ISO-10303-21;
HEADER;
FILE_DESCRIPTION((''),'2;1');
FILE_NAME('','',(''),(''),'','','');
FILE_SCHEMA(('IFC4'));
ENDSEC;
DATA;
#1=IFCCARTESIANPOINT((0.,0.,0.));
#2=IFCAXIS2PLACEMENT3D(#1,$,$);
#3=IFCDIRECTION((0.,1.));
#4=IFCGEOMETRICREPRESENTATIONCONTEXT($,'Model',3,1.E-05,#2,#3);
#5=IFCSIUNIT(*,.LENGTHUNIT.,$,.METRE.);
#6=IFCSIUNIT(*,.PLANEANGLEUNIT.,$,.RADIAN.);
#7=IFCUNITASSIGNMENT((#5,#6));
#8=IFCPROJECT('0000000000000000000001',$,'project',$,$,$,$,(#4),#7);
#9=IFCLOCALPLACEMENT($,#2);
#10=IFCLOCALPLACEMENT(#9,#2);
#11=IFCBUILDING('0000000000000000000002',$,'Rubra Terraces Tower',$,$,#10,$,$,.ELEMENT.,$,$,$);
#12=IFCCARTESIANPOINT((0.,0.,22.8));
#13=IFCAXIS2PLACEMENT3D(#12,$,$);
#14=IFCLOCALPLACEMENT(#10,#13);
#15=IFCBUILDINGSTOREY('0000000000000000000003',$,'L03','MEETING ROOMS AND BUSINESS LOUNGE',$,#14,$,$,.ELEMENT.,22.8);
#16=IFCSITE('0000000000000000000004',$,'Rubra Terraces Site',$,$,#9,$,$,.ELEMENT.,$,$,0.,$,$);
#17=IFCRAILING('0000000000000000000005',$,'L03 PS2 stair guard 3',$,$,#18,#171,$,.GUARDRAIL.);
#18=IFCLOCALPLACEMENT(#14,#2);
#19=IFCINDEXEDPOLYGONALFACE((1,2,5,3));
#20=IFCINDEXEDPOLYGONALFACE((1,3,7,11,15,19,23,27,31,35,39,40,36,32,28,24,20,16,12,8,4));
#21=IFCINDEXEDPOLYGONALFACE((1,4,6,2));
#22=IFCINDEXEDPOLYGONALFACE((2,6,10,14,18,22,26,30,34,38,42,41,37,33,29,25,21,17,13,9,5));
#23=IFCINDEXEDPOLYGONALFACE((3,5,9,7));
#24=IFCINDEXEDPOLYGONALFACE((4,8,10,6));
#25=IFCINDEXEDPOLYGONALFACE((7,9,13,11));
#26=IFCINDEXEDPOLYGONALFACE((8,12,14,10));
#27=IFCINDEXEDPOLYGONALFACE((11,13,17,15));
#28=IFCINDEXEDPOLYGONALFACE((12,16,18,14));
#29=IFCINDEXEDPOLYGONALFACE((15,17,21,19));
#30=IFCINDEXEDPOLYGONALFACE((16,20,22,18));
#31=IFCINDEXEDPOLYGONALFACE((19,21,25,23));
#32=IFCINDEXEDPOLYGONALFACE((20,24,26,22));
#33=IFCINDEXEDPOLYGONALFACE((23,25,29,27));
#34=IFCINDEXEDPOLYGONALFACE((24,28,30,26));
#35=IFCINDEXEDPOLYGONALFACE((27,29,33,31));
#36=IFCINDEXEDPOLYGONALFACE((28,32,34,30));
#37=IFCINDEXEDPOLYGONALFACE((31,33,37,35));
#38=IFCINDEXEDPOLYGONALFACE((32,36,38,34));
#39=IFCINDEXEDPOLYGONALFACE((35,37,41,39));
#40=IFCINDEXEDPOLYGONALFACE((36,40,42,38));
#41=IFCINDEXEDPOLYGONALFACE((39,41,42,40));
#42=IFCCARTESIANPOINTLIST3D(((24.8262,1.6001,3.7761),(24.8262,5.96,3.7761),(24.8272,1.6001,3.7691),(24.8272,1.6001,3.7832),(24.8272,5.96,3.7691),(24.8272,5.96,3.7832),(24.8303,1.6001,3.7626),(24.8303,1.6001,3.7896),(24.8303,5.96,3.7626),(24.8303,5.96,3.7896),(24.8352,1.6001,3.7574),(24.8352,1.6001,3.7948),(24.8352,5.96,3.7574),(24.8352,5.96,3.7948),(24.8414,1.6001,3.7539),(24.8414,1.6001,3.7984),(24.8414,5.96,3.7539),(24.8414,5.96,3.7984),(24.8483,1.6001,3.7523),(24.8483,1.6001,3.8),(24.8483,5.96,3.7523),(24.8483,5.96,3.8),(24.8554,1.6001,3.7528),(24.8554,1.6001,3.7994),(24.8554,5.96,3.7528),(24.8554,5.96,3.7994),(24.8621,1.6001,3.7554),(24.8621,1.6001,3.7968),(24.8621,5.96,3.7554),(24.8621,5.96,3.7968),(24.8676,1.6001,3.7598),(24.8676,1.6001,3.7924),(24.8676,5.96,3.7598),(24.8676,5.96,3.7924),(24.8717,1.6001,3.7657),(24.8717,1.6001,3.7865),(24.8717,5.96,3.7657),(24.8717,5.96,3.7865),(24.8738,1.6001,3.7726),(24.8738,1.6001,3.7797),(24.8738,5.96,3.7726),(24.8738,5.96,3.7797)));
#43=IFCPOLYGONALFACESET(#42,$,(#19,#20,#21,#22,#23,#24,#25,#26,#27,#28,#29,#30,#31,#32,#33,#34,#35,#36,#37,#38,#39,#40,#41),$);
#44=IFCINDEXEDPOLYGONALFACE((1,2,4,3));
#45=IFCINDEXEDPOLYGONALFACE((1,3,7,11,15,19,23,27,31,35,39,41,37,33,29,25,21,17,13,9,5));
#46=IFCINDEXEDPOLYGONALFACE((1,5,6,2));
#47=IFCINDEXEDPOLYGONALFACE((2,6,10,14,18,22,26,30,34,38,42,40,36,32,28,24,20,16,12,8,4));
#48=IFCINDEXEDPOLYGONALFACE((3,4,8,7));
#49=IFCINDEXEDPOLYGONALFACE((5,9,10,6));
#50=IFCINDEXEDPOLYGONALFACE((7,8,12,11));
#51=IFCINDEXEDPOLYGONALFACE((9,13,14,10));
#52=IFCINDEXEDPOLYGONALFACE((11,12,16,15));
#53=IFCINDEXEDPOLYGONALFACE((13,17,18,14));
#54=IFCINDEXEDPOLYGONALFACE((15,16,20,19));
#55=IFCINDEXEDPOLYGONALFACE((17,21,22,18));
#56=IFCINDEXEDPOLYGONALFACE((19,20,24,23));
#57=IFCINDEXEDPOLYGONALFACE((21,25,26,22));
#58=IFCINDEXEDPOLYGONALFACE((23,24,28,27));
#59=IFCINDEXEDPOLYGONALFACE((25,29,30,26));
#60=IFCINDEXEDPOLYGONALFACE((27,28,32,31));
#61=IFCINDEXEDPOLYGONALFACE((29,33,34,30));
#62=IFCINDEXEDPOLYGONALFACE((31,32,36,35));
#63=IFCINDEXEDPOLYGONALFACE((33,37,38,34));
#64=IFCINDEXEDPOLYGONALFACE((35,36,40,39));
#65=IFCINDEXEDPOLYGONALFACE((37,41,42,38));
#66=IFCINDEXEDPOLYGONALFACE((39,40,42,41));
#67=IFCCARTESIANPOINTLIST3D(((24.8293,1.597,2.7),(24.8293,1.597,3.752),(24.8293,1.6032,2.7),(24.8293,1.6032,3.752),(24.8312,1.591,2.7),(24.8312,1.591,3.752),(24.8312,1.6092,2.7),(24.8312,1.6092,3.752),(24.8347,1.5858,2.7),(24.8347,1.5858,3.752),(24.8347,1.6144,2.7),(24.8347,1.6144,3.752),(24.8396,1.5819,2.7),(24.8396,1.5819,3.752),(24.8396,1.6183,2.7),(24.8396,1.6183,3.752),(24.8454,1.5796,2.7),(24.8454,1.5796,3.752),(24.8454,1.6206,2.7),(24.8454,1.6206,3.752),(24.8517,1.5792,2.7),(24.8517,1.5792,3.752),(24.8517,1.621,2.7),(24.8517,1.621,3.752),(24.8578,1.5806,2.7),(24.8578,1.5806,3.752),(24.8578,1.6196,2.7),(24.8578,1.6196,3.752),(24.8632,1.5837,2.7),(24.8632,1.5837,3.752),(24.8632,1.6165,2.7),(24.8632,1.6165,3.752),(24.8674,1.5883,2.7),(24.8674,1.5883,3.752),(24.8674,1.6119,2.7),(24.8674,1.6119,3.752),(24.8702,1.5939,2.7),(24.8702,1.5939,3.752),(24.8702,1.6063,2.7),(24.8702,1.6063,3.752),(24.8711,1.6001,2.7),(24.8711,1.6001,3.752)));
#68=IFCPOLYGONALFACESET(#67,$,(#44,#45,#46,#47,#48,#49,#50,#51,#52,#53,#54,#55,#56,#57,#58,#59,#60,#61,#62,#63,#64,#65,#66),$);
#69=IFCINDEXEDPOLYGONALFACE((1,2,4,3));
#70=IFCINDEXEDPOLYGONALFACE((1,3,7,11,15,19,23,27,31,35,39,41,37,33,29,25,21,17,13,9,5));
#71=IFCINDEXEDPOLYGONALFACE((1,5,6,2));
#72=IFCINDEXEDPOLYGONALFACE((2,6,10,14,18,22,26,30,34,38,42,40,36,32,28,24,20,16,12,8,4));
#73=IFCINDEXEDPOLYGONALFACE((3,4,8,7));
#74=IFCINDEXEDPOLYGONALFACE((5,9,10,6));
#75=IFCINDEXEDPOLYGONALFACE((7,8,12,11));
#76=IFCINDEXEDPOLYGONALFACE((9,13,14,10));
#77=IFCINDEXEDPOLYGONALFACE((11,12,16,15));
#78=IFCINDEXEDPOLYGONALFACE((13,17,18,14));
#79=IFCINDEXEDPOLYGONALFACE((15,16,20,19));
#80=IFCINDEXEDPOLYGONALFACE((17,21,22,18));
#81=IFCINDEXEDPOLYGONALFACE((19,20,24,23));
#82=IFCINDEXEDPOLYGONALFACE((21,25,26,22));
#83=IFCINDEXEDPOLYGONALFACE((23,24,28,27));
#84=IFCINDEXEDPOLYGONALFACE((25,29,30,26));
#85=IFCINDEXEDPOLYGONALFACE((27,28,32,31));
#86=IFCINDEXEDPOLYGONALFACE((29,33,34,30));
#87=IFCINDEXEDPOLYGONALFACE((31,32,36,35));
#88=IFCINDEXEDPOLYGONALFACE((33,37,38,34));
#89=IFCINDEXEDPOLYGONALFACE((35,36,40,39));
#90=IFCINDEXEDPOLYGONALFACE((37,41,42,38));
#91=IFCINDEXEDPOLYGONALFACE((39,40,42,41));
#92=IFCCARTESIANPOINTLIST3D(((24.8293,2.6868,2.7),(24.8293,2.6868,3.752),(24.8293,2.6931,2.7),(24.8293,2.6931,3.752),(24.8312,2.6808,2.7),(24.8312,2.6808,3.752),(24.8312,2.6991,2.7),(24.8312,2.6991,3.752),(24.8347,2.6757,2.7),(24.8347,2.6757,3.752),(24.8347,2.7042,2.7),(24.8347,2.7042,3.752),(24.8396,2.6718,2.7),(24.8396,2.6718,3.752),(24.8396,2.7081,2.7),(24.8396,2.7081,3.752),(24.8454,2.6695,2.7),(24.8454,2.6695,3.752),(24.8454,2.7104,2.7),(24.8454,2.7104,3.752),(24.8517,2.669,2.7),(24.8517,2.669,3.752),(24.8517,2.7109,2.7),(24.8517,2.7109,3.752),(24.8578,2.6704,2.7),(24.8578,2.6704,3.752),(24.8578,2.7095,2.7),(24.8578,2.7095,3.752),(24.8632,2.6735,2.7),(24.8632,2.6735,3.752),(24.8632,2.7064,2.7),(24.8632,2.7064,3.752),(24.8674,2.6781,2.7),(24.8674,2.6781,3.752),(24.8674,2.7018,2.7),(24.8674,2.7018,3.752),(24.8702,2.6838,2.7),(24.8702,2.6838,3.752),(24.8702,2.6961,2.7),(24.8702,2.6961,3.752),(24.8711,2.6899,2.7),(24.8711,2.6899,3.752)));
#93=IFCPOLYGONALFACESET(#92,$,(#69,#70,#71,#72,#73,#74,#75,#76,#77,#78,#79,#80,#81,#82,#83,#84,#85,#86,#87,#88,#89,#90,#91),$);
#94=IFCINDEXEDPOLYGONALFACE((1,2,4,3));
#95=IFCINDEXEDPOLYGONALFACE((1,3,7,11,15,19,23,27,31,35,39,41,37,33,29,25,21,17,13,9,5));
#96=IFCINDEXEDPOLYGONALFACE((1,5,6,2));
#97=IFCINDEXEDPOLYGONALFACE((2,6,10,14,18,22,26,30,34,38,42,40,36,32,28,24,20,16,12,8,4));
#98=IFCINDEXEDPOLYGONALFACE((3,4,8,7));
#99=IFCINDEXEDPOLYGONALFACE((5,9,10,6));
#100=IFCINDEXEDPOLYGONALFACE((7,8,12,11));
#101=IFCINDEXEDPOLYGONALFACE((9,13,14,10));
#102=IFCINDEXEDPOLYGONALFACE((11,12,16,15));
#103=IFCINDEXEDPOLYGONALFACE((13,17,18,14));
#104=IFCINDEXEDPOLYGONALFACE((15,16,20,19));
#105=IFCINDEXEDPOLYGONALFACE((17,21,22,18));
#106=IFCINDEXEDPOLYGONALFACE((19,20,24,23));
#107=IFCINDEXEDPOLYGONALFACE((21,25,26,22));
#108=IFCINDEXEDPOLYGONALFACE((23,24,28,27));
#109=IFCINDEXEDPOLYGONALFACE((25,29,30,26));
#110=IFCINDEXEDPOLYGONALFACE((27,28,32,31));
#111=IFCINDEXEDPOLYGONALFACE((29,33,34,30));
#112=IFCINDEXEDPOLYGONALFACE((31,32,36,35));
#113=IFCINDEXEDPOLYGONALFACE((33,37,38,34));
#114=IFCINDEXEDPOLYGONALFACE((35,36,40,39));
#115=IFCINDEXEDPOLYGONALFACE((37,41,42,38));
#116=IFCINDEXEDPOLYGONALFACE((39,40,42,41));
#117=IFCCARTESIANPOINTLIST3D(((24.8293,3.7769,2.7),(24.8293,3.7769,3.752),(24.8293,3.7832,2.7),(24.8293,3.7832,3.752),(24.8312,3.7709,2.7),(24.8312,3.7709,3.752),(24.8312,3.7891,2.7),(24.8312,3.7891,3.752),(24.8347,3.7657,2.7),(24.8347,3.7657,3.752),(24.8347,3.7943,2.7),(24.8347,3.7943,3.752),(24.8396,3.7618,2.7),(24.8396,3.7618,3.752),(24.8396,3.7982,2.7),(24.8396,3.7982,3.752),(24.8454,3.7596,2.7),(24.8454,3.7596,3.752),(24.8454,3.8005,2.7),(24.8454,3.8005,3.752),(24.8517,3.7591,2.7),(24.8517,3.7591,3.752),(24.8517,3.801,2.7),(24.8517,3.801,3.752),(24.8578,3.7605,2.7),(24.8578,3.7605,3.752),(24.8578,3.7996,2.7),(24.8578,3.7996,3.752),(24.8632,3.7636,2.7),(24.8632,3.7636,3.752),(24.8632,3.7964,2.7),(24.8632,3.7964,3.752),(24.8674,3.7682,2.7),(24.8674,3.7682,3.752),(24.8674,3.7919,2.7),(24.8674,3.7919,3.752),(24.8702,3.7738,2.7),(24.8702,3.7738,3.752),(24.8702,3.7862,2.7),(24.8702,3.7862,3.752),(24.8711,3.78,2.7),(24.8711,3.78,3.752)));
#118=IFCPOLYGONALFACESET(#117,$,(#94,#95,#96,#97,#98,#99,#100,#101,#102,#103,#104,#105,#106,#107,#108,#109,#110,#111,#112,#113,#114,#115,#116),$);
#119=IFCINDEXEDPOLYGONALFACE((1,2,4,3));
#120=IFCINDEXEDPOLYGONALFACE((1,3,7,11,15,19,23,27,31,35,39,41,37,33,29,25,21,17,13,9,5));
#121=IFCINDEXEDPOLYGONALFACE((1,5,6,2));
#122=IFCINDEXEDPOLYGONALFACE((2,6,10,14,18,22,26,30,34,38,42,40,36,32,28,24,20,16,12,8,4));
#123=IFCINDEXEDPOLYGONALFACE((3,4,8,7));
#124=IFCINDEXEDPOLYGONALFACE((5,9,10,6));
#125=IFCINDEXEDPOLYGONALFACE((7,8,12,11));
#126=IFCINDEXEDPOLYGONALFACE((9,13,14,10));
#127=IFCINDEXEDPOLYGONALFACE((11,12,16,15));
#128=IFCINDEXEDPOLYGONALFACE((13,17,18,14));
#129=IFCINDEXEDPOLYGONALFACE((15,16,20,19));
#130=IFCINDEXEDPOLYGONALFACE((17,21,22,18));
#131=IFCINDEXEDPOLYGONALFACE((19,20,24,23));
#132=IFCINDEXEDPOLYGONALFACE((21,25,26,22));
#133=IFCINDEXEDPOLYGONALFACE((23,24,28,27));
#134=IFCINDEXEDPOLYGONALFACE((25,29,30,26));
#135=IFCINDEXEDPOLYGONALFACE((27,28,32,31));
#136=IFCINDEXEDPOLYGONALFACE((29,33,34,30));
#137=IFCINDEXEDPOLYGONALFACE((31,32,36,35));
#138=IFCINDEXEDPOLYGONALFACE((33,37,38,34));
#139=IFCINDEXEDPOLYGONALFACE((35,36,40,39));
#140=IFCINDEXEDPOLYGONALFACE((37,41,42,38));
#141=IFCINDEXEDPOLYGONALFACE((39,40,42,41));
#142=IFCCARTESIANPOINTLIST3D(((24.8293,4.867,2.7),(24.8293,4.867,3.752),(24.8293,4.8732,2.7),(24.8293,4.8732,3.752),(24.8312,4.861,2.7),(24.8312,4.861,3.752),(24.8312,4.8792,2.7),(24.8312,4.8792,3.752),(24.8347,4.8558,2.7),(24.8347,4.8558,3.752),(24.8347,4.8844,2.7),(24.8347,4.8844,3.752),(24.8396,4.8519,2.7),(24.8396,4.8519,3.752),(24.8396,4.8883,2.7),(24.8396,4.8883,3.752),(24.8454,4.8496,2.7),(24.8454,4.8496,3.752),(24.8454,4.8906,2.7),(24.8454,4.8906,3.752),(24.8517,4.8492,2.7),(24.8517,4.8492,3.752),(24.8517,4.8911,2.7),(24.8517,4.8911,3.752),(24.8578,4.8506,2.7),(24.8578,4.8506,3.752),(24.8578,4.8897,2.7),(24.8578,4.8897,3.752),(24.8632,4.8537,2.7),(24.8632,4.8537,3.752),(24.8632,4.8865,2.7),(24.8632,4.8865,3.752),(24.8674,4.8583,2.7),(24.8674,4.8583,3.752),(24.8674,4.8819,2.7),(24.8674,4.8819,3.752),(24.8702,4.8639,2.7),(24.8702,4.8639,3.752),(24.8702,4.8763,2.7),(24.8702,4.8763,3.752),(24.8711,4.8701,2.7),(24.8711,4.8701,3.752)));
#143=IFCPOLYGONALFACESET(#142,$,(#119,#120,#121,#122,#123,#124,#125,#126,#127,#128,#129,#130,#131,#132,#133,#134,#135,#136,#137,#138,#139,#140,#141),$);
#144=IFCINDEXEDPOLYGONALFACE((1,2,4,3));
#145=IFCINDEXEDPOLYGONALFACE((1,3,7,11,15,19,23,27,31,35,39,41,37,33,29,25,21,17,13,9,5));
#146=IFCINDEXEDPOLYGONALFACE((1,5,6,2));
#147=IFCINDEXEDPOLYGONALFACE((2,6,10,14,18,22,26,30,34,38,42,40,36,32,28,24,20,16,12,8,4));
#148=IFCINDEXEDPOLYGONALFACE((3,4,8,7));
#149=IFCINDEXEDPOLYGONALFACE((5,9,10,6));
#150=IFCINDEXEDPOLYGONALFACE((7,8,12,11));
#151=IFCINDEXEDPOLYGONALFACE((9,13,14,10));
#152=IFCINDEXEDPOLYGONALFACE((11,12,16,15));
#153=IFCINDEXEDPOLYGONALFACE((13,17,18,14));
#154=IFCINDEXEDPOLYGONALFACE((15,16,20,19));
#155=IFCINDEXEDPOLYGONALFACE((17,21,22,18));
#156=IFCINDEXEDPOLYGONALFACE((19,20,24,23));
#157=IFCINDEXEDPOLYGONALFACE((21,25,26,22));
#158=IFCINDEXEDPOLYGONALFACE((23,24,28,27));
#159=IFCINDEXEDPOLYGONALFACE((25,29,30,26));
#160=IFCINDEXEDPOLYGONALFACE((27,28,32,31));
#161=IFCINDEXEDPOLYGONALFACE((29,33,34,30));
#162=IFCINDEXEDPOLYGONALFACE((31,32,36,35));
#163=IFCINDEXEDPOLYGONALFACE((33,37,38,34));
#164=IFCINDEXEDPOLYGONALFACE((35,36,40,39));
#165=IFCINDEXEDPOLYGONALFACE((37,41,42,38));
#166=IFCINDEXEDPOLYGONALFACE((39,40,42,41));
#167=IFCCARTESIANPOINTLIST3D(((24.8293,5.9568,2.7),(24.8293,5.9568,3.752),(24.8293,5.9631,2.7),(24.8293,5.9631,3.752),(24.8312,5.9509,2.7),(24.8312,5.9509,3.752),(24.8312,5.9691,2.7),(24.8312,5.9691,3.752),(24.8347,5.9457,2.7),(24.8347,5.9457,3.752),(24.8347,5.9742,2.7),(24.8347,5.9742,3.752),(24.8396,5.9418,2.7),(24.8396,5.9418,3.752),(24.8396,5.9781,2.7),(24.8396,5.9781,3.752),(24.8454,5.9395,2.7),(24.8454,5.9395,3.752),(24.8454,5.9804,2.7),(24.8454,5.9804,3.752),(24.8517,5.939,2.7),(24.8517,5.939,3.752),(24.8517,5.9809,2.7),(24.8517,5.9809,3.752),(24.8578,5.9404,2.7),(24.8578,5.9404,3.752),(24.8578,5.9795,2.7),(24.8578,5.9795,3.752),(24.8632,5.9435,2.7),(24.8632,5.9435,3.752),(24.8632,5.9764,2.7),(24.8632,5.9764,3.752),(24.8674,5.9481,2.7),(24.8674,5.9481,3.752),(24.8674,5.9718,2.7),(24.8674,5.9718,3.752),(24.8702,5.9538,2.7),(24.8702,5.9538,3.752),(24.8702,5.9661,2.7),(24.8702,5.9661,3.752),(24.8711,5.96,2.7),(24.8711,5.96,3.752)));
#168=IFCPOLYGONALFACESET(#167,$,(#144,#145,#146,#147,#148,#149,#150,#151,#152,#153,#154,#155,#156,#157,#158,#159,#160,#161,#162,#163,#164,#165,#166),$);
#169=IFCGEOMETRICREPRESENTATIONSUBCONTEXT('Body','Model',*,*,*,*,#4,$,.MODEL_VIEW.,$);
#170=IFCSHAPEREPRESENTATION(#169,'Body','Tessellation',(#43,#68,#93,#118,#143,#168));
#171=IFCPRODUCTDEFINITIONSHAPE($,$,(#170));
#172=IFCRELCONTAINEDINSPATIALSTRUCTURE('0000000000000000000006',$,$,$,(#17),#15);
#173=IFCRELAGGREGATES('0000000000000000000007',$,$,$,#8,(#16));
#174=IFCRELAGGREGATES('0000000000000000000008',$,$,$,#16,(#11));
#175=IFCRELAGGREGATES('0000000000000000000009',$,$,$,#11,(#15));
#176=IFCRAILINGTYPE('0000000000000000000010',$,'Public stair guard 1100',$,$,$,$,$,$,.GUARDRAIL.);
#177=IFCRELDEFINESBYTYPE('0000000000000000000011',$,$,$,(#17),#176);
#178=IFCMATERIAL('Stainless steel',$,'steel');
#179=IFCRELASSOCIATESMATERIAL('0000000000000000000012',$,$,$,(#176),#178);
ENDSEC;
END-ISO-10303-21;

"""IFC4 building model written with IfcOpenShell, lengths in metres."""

from ifc_helpers import new_model, si_unit, direction, frame, origin, origin_2d, place, context, subcontext, project, spatial, circle, extrude, material, type_object, element, save


model = new_model("IFC4")

# Units and contexts
model_context = context("Model", 3, precision=1e-05, world=origin(), true_north=direction((0.0, 1.0)))
body_context = subcontext(model_context, "Body", "Model", "MODEL_VIEW")
ifc_project = project(units=[si_unit("LENGTHUNIT", "METRE"), si_unit("PLANEANGLEUNIT", "RADIAN")], contexts=[model_context])

# Site, building, storey
site_placement = place(None, origin())
site = spatial("IfcSite", under=ifc_project, at=site_placement, Name="Rubra Terraces Site", CompositionType="ELEMENT", RefElevation=0.0)
building_placement = place(site_placement, origin())
building = spatial("IfcBuilding", under=site, at=building_placement, Name="Rubra Terraces Tower", CompositionType="ELEMENT")
storey_placement = place(building_placement, frame((0.0, 0.0, 22.8)))
storey = spatial("IfcBuildingStorey", under=building, at=storey_placement, Name="L03", Description="MEETING ROOMS AND BUSINESS LOUNGE", CompositionType="ELEMENT", Elevation=22.8)

# Railing
ifc_material_1 = material(Name="Stainless steel", Category="steel")
railing_type_1 = type_object("IfcRailingType", Name="Public stair guard 1100", PredefinedType="GUARDRAIL", material=ifc_material_1)
for number, where, name in (
    (1, (24.8501, 1.6001, 2.7), "L03 PS2 stair guard 3"),
):
    element("IfcRailing", number, at=place(storey_placement, frame(where)), inside=storey, type_object=railing_type_1, Name=name, PredefinedType="GUARDRAIL", context=body_context, shape_type="SweptSolid", body=[
        extrude(circle(Radius=0.0239, at=origin_2d()), frame((0.0, 0.0, 1.0762), z_axis=(0.0, 1.0, 0.0), x_axis=(-1.0, 0.0, 0.0)), (0.0, 0.0, 1.0), 4.3599),
        extrude(circle(Radius=0.021, at=origin_2d()), origin(), (0.0, 0.0, 1.0), 1.052),
        extrude(circle(Radius=0.021, at=origin_2d()), frame((0.0, 1.0898, 0.0)), (0.0, 0.0, 1.0), 1.052),
        extrude(circle(Radius=0.021, at=origin_2d()), frame((0.0, 2.1799, 0.0)), (0.0, 0.0, 1.0), 1.052),
        extrude(circle(Radius=0.021, at=origin_2d()), frame((0.0, 3.27, 0.0)), (0.0, 0.0, 1.0), 1.052),
        extrude(circle(Radius=0.021, at=origin_2d()), frame((0.0, 4.3599, 0.0)), (0.0, 0.0, 1.0), 1.052),
    ])

save(model, "model.ifc")
